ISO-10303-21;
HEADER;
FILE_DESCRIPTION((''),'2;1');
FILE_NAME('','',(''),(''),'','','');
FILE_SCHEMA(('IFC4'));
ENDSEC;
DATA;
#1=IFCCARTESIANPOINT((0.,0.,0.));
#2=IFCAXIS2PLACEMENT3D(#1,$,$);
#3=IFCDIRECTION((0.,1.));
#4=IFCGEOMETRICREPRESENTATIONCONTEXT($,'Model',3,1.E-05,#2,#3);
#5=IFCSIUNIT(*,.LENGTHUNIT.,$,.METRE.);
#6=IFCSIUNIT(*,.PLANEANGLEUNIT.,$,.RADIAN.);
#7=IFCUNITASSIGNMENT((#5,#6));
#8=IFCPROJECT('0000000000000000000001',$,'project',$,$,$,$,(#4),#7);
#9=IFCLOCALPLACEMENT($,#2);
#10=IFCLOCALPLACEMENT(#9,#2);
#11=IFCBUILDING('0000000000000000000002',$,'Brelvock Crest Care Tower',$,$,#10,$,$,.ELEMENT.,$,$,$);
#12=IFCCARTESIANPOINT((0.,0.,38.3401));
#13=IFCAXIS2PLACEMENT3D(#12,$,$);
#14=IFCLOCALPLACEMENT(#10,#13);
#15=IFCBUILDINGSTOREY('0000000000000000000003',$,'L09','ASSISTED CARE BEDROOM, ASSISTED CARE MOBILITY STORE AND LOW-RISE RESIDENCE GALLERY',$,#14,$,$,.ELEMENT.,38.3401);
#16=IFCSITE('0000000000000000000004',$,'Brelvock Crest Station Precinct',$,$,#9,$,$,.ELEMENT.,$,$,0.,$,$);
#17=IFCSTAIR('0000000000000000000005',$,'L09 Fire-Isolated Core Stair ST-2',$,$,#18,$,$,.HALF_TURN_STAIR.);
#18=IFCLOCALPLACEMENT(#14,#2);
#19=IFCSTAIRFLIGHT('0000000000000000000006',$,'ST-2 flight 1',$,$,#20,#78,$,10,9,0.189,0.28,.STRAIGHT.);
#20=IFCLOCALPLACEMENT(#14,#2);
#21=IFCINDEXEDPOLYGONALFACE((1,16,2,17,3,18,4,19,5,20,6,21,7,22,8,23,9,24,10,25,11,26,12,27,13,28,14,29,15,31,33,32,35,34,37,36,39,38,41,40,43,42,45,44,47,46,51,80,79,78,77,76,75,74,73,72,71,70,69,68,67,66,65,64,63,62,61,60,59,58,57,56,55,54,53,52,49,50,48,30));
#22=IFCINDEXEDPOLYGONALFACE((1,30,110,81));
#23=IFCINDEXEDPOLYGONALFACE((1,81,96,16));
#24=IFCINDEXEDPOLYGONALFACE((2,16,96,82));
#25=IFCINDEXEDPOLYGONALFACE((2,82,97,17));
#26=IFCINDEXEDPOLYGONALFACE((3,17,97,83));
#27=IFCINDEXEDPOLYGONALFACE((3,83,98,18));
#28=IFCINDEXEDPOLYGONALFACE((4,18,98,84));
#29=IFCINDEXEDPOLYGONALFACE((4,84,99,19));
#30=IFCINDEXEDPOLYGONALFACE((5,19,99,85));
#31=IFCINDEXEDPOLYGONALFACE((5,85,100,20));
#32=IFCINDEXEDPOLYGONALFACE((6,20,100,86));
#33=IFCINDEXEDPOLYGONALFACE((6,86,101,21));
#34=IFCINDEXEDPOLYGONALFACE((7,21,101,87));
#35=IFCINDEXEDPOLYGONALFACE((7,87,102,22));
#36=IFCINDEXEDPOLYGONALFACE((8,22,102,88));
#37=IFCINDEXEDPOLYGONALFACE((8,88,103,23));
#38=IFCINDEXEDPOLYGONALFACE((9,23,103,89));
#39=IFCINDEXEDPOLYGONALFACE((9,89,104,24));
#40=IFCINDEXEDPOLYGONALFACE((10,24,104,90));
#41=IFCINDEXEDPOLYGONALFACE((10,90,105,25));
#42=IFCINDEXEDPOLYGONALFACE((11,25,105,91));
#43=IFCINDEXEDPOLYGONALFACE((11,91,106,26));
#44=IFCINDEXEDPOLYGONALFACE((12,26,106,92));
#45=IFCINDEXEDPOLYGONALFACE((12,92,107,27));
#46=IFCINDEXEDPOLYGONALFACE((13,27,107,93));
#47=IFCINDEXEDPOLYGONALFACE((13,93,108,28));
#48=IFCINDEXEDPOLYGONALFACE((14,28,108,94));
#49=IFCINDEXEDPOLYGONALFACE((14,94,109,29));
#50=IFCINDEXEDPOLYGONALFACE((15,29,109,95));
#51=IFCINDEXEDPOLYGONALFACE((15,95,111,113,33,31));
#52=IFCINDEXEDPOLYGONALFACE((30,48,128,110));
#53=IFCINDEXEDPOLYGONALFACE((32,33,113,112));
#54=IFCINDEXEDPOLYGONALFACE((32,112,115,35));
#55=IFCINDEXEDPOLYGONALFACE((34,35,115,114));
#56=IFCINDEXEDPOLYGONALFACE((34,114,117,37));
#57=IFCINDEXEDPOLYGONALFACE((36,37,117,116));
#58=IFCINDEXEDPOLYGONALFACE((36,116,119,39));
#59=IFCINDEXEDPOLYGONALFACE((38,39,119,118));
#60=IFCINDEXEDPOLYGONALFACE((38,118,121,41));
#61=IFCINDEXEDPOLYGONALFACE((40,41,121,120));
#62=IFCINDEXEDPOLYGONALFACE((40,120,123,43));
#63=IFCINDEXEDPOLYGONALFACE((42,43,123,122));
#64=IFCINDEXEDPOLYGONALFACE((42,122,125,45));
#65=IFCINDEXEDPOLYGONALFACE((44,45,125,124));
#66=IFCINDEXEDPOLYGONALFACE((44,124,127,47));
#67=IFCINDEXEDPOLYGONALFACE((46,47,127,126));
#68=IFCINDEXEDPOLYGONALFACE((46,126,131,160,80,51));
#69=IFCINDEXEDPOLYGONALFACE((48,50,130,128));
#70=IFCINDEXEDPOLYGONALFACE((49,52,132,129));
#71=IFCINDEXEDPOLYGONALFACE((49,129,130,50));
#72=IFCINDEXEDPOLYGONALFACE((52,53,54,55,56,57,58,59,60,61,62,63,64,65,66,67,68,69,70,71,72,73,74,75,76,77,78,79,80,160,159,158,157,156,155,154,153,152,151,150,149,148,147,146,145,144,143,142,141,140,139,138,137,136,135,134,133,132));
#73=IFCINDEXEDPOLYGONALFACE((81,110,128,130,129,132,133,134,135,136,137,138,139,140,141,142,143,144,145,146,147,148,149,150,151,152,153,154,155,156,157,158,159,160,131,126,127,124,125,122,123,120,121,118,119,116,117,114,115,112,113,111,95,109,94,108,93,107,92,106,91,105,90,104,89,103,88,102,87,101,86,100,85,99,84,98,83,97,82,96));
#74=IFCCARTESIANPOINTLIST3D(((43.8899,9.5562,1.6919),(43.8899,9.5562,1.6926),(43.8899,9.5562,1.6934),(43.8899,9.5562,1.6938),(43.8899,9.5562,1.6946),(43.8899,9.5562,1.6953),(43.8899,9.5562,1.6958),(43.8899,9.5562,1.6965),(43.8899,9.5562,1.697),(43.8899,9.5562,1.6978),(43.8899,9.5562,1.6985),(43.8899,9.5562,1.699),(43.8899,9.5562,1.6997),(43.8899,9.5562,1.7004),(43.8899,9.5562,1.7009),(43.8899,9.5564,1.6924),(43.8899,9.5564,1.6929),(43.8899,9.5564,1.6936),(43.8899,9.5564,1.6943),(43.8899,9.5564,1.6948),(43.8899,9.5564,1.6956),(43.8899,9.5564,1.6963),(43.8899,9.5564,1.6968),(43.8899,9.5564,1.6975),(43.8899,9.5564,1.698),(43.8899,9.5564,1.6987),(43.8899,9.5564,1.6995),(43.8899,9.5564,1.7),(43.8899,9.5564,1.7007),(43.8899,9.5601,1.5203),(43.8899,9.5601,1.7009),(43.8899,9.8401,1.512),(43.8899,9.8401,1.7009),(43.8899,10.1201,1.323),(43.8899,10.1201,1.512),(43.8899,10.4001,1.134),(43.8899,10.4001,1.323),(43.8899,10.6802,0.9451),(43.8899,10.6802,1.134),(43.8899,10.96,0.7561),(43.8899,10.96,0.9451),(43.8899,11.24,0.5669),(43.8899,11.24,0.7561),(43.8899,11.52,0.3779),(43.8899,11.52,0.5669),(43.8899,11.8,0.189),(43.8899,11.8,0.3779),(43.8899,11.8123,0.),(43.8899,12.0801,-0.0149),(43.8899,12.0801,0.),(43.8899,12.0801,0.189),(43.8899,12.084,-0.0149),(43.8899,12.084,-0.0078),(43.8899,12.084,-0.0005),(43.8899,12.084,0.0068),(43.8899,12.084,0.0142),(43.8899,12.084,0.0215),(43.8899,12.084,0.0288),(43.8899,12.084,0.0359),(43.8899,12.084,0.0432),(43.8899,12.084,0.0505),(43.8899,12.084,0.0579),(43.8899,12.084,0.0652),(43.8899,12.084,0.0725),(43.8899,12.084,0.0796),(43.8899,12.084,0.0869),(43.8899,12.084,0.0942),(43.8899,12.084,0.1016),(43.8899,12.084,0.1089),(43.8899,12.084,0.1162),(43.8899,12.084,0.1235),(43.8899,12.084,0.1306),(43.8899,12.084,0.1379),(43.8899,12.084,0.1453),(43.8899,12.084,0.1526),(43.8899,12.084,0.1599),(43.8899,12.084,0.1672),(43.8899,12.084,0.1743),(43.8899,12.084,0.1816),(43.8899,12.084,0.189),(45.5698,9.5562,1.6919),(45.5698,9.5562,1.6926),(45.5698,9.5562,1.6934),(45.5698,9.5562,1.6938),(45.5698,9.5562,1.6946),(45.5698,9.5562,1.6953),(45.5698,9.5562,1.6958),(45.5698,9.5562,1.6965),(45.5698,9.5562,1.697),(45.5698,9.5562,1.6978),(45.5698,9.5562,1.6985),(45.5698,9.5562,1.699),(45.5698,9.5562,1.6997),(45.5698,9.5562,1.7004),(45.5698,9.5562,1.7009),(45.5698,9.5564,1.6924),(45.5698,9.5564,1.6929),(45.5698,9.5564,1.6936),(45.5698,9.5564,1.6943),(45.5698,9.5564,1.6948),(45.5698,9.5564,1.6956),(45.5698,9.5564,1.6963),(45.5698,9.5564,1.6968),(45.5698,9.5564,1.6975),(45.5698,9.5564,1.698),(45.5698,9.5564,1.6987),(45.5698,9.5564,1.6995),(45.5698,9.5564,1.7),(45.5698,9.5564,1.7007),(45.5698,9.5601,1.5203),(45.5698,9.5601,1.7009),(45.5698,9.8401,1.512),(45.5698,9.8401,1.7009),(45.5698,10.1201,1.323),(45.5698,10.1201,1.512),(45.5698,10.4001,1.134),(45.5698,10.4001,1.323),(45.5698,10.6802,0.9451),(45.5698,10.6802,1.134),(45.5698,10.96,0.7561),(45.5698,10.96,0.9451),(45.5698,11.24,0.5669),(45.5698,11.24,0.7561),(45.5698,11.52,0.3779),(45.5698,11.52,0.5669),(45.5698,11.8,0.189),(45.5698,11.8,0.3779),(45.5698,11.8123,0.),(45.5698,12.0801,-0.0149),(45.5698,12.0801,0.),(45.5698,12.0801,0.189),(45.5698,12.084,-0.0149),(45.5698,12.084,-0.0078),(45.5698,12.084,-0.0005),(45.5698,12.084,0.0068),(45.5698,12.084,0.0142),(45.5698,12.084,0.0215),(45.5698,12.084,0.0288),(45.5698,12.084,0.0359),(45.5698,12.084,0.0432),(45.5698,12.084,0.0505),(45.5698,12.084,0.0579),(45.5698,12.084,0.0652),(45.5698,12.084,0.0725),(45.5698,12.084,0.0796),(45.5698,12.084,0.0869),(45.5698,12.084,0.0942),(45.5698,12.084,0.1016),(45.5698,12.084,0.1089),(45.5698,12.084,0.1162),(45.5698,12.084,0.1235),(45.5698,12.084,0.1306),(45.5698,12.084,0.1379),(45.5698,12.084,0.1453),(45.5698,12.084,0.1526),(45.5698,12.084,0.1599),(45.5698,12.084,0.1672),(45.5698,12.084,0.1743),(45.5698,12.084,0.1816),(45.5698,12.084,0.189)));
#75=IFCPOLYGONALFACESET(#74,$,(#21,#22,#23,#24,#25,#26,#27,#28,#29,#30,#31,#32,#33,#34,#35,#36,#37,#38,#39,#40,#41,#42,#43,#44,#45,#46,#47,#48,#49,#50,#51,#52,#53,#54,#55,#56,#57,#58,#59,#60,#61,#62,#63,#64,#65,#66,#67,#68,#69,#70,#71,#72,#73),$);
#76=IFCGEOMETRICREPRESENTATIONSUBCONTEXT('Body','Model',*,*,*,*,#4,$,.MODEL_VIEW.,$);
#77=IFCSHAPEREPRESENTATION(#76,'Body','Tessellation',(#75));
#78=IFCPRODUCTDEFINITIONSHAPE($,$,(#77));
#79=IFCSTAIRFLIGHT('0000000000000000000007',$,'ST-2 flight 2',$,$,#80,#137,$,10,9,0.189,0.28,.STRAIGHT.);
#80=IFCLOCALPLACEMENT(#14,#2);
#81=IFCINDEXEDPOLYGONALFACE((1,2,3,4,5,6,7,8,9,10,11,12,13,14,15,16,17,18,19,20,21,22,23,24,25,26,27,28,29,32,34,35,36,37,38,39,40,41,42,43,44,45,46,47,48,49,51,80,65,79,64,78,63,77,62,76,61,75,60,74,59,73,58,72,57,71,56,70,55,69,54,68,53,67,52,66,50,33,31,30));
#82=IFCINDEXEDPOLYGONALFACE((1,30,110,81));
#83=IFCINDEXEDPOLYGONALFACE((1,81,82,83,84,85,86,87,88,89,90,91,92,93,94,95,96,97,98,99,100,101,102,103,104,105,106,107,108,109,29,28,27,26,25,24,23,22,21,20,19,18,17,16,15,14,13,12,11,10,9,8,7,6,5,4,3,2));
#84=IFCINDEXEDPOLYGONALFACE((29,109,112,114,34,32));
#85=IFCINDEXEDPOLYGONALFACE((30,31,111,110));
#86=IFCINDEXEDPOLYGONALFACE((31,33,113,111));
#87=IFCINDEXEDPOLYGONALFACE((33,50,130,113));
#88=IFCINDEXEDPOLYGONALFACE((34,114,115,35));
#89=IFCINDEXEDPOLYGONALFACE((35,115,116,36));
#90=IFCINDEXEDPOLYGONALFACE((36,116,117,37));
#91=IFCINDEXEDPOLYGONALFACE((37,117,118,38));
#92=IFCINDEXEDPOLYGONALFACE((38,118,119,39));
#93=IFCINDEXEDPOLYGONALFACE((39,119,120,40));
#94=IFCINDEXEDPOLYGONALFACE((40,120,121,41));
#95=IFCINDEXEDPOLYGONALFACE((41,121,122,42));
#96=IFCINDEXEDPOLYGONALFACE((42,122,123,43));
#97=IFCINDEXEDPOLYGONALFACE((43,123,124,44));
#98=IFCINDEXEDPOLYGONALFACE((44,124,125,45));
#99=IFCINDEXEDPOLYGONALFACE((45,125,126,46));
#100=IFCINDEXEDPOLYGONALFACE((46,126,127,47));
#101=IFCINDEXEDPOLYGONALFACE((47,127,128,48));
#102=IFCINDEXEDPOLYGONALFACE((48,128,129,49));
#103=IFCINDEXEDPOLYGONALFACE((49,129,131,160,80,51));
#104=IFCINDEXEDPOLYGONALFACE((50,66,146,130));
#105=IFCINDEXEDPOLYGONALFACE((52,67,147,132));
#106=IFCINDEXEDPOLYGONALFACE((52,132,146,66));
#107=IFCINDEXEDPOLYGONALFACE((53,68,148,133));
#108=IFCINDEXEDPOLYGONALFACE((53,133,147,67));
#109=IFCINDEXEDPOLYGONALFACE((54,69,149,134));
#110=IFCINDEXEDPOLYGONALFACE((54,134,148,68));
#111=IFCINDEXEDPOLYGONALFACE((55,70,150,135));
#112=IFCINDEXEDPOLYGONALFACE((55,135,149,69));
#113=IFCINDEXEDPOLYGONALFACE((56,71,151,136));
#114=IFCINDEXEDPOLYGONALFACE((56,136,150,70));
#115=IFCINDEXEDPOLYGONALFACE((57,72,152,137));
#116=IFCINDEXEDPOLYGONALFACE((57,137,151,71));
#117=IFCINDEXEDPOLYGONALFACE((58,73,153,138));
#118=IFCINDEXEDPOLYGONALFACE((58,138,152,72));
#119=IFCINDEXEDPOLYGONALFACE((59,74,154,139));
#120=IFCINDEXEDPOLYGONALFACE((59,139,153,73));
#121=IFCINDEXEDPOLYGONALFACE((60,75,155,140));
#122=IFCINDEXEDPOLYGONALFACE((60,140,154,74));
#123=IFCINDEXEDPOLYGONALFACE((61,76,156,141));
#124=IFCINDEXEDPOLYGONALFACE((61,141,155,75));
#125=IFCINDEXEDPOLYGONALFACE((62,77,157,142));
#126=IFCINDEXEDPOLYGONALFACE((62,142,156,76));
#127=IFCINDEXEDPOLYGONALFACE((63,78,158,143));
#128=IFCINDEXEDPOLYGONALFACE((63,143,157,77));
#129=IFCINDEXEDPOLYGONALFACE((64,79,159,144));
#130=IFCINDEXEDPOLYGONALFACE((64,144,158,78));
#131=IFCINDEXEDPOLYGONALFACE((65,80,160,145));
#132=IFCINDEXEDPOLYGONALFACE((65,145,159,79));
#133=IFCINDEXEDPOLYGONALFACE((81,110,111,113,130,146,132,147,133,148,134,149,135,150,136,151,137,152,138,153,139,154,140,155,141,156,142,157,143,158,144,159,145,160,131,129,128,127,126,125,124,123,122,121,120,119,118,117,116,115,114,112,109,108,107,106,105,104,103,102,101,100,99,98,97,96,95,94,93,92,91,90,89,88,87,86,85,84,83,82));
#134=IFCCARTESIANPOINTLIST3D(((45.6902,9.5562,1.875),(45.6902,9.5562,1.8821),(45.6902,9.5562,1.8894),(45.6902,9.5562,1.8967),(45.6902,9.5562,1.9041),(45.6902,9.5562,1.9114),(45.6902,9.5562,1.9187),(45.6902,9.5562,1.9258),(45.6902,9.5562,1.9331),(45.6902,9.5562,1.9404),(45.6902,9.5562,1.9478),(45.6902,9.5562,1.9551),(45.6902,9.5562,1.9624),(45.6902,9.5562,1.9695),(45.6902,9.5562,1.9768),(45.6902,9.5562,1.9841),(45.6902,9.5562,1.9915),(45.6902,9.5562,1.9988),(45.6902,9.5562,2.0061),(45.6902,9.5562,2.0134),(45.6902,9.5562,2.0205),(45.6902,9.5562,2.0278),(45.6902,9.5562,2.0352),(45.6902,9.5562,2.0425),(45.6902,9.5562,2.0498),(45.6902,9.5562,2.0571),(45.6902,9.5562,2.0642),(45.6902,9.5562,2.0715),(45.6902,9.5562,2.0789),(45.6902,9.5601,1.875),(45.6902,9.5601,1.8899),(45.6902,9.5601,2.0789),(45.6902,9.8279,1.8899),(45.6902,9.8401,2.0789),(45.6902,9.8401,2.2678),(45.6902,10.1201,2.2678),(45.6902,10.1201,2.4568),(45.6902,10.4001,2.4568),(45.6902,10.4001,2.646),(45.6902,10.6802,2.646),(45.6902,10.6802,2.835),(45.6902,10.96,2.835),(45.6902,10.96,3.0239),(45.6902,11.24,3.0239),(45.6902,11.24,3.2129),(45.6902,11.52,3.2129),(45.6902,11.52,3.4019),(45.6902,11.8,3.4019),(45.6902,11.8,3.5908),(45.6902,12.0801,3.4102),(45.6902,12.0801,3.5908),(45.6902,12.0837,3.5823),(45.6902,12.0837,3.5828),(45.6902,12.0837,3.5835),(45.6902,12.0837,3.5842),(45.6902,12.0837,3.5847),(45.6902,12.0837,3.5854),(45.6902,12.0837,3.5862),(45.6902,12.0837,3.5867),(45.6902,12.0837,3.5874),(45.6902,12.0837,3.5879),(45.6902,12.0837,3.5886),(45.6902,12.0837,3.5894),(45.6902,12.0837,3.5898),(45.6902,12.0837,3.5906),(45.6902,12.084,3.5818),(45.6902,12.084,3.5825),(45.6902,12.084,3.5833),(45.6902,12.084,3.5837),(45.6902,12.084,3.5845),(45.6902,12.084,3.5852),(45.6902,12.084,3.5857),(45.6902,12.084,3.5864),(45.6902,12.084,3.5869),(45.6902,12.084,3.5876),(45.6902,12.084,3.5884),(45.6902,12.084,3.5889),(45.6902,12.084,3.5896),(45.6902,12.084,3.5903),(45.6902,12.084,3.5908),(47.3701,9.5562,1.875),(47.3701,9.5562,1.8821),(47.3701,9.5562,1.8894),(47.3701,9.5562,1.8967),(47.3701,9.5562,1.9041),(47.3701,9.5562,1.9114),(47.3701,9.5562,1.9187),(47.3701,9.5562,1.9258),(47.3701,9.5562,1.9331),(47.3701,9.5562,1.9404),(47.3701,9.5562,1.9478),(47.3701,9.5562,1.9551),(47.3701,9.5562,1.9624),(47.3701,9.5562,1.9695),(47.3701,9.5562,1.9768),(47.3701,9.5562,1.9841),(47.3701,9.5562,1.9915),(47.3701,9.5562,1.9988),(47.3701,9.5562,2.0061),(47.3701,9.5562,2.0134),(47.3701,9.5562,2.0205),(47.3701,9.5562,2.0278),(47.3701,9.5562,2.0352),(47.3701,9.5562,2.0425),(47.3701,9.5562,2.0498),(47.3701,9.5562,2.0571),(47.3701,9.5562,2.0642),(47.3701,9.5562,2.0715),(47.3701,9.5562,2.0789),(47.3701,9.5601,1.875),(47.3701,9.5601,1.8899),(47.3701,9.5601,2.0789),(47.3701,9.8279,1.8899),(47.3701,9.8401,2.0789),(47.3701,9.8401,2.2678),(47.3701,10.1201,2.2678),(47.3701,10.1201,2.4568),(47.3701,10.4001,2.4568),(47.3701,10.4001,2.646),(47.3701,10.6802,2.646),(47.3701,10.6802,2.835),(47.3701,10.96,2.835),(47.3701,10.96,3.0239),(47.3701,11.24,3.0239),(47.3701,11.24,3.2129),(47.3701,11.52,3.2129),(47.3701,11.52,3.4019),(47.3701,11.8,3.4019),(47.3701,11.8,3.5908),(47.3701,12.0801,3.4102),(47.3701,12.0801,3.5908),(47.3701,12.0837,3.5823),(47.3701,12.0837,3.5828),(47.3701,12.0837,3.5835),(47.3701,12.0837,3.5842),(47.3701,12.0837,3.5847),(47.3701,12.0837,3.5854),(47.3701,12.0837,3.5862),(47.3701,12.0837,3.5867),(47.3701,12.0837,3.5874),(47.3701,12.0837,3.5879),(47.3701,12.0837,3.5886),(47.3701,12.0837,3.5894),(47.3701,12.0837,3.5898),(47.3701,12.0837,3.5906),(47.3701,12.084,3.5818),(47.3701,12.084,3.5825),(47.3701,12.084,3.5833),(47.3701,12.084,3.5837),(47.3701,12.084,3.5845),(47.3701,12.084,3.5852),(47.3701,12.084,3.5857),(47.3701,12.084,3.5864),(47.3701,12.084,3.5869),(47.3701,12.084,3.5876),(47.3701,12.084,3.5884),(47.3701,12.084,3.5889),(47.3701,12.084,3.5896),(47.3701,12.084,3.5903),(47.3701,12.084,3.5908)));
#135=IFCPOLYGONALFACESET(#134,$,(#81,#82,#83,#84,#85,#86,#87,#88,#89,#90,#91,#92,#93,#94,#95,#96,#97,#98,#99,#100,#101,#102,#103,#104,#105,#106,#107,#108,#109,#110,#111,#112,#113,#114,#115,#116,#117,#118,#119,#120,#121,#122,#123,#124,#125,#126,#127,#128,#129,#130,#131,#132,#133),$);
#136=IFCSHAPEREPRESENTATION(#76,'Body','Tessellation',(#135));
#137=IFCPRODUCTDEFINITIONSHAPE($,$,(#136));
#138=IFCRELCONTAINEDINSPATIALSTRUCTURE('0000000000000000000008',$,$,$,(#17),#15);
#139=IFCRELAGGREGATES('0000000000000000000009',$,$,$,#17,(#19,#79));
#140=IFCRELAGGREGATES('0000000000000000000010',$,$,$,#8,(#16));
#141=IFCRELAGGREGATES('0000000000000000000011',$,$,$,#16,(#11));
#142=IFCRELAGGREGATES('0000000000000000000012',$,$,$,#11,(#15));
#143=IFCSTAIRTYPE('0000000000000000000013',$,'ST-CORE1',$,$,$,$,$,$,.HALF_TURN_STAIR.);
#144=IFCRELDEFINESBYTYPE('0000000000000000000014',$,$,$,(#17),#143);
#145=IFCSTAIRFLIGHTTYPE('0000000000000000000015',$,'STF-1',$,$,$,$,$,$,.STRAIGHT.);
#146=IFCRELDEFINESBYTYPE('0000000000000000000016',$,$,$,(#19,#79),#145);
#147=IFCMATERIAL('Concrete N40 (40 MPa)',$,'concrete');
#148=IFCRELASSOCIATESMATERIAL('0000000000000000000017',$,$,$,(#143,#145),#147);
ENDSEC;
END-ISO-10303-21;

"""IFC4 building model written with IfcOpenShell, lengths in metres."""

from ifc_helpers import new_model, si_unit, direction, frame, origin, place, context, subcontext, project, spatial, polyline, outline, extrude, material, type_object, element, aggregate, save


model = new_model("IFC4")

# Units and contexts
model_context = context("Model", 3, precision=1e-05, world=origin(), true_north=direction((0.0, 1.0)))
body_context = subcontext(model_context, "Body", "Model", "MODEL_VIEW")
ifc_project = project(units=[si_unit("LENGTHUNIT", "METRE"), si_unit("PLANEANGLEUNIT", "RADIAN")], contexts=[model_context])

# Site, building, storey
site_placement = place(None, origin())
site = spatial("IfcSite", under=ifc_project, at=site_placement, Name="Brelvock Crest Station Precinct", CompositionType="ELEMENT", RefElevation=0.0)
building_placement = place(site_placement, origin())
building = spatial("IfcBuilding", under=site, at=building_placement, Name="Brelvock Crest Care Tower", CompositionType="ELEMENT")
storey_placement = place(building_placement, frame((0.0, 0.0, 38.3401)))
storey = spatial("IfcBuildingStorey", under=building, at=storey_placement, Name="L09", Description="ASSISTED CARE BEDROOM, ASSISTED CARE MOBILITY STORE AND LOW-RISE RESIDENCE GALLERY", CompositionType="ELEMENT", Elevation=38.3401)

# Stair, stair flights
ifc_material_1 = material(Name="Concrete N40 (40 MPa)", Category="concrete")
stair_type = type_object("IfcStairType", Name="ST-CORE1", PredefinedType="HALF_TURN_STAIR", material=ifc_material_1)
stair_placement = place(storey_placement, origin())
stair = element("IfcStair", 1, at=stair_placement, inside=storey, type_object=stair_type, Name="L09 Fire-Isolated Core Stair ST-2", PredefinedType="HALF_TURN_STAIR")
stair_flight_type = type_object("IfcStairFlightType", Name="STF-1", PredefinedType="STRAIGHT", material=ifc_material_1)
stair_flight_1_placement = place(storey_placement, frame((44.73, 12.0801, 0.0), z_axis=(0.0, 0.0, 1.0), x_axis=(0.0, -1.0, 0.0)))
stair_flight_1 = element("IfcStairFlight", 2, at=stair_flight_1_placement, type_object=stair_flight_type, Name="ST-2 flight 1", NumberOfRisers=10, NumberOfTreads=9, PredefinedType="STRAIGHT", RiserHeight=0.189, TreadLength=0.28, context=body_context, shape_type="SweptSolid", body=[
    extrude(outline(polyline([(-0.0039, -0.0149), (-0.0039, -0.0078), (-0.0039, -0.0005), (-0.0039, 0.0068), (-0.0039, 0.0142), (-0.0039, 0.0215), (-0.0039, 0.0288), (-0.0039, 0.0359), (-0.0039, 0.0432), (-0.0039, 0.0505), (-0.0039, 0.0579), (-0.0039, 0.0652), (-0.0039, 0.0725), (-0.0039, 0.0796), (-0.0039, 0.0869), (-0.0039, 0.0942), (-0.0039, 0.1016), (-0.0039, 0.1089), (-0.0039, 0.1162), (-0.0039, 0.1235), (-0.0039, 0.1306), (-0.0039, 0.1379), (-0.0039, 0.1453), (-0.0039, 0.1526), (-0.0039, 0.1599), (-0.0039, 0.1672), (-0.0039, 0.1743), (-0.0039, 0.1816), (-0.0039, 0.189), (0.0, 0.189), (0.28, 0.189), (0.28, 0.3779), (0.5601, 0.3779), (0.5601, 0.5669), (0.8401, 0.5669), (0.8401, 0.7561), (1.1201, 0.7561), (1.1201, 0.9451), (1.3999, 0.9451), (1.3999, 1.134), (1.6799, 1.134), (1.6799, 1.323), (1.96, 1.323), (1.96, 1.512), (2.24, 1.512), (2.24, 1.7009), (2.52, 1.7009), (2.5239, 1.7009), (2.5237, 1.7007), (2.5239, 1.7004), (2.5237, 1.7), (2.5239, 1.6997), (2.5237, 1.6995), (2.5239, 1.699), (2.5237, 1.6987), (2.5239, 1.6985), (2.5237, 1.698), (2.5239, 1.6978), (2.5237, 1.6975), (2.5239, 1.697), (2.5237, 1.6968), (2.5239, 1.6965), (2.5237, 1.6963), (2.5239, 1.6958), (2.5237, 1.6956), (2.5239, 1.6953), (2.5237, 1.6948), (2.5239, 1.6946), (2.5237, 1.6943), (2.5239, 1.6938), (2.5237, 1.6936), (2.5239, 1.6934), (2.5237, 1.6929), (2.5239, 1.6926), (2.5237, 1.6924), (2.5239, 1.6919), (2.52, 1.5203), (0.2678, 0.0), (0.0, 0.0), (0.0, -0.0149), (-0.0039, -0.0149)])), frame((0.0, 0.8398, 0.0), z_axis=(0.0, -1.0, 0.0), x_axis=(1.0, 0.0, 0.0)), (0.0, 0.0, 1.0), 1.6799),
])
stair_flight_2_placement = place(storey_placement, frame((46.53, 9.5601, 1.8899), z_axis=(0.0, 0.0, 1.0), x_axis=(0.0, 1.0, 0.0)))
stair_flight_2 = element("IfcStairFlight", 3, at=stair_flight_2_placement, type_object=stair_flight_type, Name="ST-2 flight 2", NumberOfRisers=10, NumberOfTreads=9, PredefinedType="STRAIGHT", RiserHeight=0.189, TreadLength=0.28, context=body_context, shape_type="SweptSolid", body=[
    extrude(outline(polyline([(-0.0039, -0.0149), (-0.0039, -0.0078), (-0.0039, -0.0005), (-0.0039, 0.0068), (-0.0039, 0.0142), (-0.0039, 0.0215), (-0.0039, 0.0288), (-0.0039, 0.0359), (-0.0039, 0.0432), (-0.0039, 0.0505), (-0.0039, 0.0579), (-0.0039, 0.0652), (-0.0039, 0.0725), (-0.0039, 0.0796), (-0.0039, 0.0869), (-0.0039, 0.0942), (-0.0039, 0.1016), (-0.0039, 0.1089), (-0.0039, 0.1162), (-0.0039, 0.1235), (-0.0039, 0.1306), (-0.0039, 0.1379), (-0.0039, 0.1453), (-0.0039, 0.1526), (-0.0039, 0.1599), (-0.0039, 0.1672), (-0.0039, 0.1743), (-0.0039, 0.1816), (-0.0039, 0.189), (0.0, 0.189), (0.28, 0.189), (0.28, 0.3779), (0.5601, 0.3779), (0.5601, 0.5669), (0.8401, 0.5669), (0.8401, 0.7561), (1.1201, 0.7561), (1.1201, 0.9451), (1.3999, 0.9451), (1.3999, 1.134), (1.6799, 1.134), (1.6799, 1.323), (1.96, 1.323), (1.96, 1.512), (2.24, 1.512), (2.24, 1.7009), (2.52, 1.7009), (2.5239, 1.7009), (2.5237, 1.7007), (2.5239, 1.7004), (2.5237, 1.7), (2.5239, 1.6997), (2.5237, 1.6995), (2.5239, 1.699), (2.5237, 1.6987), (2.5239, 1.6985), (2.5237, 1.698), (2.5239, 1.6978), (2.5237, 1.6975), (2.5239, 1.697), (2.5237, 1.6968), (2.5239, 1.6965), (2.5237, 1.6963), (2.5239, 1.6958), (2.5237, 1.6956), (2.5239, 1.6953), (2.5237, 1.6948), (2.5239, 1.6946), (2.5237, 1.6943), (2.5239, 1.6938), (2.5237, 1.6936), (2.5239, 1.6934), (2.5237, 1.6929), (2.5239, 1.6926), (2.5237, 1.6924), (2.5239, 1.6919), (2.52, 1.5203), (0.2678, 0.0), (0.0, 0.0), (0.0, -0.0149), (-0.0039, -0.0149)])), frame((0.0, 0.8398, 0.0), z_axis=(0.0, -1.0, 0.0), x_axis=(1.0, 0.0, 0.0)), (0.0, 0.0, 1.0), 1.6799),
])
aggregate(stair, [stair_flight_1, stair_flight_2])

save(model, "model.ifc")
